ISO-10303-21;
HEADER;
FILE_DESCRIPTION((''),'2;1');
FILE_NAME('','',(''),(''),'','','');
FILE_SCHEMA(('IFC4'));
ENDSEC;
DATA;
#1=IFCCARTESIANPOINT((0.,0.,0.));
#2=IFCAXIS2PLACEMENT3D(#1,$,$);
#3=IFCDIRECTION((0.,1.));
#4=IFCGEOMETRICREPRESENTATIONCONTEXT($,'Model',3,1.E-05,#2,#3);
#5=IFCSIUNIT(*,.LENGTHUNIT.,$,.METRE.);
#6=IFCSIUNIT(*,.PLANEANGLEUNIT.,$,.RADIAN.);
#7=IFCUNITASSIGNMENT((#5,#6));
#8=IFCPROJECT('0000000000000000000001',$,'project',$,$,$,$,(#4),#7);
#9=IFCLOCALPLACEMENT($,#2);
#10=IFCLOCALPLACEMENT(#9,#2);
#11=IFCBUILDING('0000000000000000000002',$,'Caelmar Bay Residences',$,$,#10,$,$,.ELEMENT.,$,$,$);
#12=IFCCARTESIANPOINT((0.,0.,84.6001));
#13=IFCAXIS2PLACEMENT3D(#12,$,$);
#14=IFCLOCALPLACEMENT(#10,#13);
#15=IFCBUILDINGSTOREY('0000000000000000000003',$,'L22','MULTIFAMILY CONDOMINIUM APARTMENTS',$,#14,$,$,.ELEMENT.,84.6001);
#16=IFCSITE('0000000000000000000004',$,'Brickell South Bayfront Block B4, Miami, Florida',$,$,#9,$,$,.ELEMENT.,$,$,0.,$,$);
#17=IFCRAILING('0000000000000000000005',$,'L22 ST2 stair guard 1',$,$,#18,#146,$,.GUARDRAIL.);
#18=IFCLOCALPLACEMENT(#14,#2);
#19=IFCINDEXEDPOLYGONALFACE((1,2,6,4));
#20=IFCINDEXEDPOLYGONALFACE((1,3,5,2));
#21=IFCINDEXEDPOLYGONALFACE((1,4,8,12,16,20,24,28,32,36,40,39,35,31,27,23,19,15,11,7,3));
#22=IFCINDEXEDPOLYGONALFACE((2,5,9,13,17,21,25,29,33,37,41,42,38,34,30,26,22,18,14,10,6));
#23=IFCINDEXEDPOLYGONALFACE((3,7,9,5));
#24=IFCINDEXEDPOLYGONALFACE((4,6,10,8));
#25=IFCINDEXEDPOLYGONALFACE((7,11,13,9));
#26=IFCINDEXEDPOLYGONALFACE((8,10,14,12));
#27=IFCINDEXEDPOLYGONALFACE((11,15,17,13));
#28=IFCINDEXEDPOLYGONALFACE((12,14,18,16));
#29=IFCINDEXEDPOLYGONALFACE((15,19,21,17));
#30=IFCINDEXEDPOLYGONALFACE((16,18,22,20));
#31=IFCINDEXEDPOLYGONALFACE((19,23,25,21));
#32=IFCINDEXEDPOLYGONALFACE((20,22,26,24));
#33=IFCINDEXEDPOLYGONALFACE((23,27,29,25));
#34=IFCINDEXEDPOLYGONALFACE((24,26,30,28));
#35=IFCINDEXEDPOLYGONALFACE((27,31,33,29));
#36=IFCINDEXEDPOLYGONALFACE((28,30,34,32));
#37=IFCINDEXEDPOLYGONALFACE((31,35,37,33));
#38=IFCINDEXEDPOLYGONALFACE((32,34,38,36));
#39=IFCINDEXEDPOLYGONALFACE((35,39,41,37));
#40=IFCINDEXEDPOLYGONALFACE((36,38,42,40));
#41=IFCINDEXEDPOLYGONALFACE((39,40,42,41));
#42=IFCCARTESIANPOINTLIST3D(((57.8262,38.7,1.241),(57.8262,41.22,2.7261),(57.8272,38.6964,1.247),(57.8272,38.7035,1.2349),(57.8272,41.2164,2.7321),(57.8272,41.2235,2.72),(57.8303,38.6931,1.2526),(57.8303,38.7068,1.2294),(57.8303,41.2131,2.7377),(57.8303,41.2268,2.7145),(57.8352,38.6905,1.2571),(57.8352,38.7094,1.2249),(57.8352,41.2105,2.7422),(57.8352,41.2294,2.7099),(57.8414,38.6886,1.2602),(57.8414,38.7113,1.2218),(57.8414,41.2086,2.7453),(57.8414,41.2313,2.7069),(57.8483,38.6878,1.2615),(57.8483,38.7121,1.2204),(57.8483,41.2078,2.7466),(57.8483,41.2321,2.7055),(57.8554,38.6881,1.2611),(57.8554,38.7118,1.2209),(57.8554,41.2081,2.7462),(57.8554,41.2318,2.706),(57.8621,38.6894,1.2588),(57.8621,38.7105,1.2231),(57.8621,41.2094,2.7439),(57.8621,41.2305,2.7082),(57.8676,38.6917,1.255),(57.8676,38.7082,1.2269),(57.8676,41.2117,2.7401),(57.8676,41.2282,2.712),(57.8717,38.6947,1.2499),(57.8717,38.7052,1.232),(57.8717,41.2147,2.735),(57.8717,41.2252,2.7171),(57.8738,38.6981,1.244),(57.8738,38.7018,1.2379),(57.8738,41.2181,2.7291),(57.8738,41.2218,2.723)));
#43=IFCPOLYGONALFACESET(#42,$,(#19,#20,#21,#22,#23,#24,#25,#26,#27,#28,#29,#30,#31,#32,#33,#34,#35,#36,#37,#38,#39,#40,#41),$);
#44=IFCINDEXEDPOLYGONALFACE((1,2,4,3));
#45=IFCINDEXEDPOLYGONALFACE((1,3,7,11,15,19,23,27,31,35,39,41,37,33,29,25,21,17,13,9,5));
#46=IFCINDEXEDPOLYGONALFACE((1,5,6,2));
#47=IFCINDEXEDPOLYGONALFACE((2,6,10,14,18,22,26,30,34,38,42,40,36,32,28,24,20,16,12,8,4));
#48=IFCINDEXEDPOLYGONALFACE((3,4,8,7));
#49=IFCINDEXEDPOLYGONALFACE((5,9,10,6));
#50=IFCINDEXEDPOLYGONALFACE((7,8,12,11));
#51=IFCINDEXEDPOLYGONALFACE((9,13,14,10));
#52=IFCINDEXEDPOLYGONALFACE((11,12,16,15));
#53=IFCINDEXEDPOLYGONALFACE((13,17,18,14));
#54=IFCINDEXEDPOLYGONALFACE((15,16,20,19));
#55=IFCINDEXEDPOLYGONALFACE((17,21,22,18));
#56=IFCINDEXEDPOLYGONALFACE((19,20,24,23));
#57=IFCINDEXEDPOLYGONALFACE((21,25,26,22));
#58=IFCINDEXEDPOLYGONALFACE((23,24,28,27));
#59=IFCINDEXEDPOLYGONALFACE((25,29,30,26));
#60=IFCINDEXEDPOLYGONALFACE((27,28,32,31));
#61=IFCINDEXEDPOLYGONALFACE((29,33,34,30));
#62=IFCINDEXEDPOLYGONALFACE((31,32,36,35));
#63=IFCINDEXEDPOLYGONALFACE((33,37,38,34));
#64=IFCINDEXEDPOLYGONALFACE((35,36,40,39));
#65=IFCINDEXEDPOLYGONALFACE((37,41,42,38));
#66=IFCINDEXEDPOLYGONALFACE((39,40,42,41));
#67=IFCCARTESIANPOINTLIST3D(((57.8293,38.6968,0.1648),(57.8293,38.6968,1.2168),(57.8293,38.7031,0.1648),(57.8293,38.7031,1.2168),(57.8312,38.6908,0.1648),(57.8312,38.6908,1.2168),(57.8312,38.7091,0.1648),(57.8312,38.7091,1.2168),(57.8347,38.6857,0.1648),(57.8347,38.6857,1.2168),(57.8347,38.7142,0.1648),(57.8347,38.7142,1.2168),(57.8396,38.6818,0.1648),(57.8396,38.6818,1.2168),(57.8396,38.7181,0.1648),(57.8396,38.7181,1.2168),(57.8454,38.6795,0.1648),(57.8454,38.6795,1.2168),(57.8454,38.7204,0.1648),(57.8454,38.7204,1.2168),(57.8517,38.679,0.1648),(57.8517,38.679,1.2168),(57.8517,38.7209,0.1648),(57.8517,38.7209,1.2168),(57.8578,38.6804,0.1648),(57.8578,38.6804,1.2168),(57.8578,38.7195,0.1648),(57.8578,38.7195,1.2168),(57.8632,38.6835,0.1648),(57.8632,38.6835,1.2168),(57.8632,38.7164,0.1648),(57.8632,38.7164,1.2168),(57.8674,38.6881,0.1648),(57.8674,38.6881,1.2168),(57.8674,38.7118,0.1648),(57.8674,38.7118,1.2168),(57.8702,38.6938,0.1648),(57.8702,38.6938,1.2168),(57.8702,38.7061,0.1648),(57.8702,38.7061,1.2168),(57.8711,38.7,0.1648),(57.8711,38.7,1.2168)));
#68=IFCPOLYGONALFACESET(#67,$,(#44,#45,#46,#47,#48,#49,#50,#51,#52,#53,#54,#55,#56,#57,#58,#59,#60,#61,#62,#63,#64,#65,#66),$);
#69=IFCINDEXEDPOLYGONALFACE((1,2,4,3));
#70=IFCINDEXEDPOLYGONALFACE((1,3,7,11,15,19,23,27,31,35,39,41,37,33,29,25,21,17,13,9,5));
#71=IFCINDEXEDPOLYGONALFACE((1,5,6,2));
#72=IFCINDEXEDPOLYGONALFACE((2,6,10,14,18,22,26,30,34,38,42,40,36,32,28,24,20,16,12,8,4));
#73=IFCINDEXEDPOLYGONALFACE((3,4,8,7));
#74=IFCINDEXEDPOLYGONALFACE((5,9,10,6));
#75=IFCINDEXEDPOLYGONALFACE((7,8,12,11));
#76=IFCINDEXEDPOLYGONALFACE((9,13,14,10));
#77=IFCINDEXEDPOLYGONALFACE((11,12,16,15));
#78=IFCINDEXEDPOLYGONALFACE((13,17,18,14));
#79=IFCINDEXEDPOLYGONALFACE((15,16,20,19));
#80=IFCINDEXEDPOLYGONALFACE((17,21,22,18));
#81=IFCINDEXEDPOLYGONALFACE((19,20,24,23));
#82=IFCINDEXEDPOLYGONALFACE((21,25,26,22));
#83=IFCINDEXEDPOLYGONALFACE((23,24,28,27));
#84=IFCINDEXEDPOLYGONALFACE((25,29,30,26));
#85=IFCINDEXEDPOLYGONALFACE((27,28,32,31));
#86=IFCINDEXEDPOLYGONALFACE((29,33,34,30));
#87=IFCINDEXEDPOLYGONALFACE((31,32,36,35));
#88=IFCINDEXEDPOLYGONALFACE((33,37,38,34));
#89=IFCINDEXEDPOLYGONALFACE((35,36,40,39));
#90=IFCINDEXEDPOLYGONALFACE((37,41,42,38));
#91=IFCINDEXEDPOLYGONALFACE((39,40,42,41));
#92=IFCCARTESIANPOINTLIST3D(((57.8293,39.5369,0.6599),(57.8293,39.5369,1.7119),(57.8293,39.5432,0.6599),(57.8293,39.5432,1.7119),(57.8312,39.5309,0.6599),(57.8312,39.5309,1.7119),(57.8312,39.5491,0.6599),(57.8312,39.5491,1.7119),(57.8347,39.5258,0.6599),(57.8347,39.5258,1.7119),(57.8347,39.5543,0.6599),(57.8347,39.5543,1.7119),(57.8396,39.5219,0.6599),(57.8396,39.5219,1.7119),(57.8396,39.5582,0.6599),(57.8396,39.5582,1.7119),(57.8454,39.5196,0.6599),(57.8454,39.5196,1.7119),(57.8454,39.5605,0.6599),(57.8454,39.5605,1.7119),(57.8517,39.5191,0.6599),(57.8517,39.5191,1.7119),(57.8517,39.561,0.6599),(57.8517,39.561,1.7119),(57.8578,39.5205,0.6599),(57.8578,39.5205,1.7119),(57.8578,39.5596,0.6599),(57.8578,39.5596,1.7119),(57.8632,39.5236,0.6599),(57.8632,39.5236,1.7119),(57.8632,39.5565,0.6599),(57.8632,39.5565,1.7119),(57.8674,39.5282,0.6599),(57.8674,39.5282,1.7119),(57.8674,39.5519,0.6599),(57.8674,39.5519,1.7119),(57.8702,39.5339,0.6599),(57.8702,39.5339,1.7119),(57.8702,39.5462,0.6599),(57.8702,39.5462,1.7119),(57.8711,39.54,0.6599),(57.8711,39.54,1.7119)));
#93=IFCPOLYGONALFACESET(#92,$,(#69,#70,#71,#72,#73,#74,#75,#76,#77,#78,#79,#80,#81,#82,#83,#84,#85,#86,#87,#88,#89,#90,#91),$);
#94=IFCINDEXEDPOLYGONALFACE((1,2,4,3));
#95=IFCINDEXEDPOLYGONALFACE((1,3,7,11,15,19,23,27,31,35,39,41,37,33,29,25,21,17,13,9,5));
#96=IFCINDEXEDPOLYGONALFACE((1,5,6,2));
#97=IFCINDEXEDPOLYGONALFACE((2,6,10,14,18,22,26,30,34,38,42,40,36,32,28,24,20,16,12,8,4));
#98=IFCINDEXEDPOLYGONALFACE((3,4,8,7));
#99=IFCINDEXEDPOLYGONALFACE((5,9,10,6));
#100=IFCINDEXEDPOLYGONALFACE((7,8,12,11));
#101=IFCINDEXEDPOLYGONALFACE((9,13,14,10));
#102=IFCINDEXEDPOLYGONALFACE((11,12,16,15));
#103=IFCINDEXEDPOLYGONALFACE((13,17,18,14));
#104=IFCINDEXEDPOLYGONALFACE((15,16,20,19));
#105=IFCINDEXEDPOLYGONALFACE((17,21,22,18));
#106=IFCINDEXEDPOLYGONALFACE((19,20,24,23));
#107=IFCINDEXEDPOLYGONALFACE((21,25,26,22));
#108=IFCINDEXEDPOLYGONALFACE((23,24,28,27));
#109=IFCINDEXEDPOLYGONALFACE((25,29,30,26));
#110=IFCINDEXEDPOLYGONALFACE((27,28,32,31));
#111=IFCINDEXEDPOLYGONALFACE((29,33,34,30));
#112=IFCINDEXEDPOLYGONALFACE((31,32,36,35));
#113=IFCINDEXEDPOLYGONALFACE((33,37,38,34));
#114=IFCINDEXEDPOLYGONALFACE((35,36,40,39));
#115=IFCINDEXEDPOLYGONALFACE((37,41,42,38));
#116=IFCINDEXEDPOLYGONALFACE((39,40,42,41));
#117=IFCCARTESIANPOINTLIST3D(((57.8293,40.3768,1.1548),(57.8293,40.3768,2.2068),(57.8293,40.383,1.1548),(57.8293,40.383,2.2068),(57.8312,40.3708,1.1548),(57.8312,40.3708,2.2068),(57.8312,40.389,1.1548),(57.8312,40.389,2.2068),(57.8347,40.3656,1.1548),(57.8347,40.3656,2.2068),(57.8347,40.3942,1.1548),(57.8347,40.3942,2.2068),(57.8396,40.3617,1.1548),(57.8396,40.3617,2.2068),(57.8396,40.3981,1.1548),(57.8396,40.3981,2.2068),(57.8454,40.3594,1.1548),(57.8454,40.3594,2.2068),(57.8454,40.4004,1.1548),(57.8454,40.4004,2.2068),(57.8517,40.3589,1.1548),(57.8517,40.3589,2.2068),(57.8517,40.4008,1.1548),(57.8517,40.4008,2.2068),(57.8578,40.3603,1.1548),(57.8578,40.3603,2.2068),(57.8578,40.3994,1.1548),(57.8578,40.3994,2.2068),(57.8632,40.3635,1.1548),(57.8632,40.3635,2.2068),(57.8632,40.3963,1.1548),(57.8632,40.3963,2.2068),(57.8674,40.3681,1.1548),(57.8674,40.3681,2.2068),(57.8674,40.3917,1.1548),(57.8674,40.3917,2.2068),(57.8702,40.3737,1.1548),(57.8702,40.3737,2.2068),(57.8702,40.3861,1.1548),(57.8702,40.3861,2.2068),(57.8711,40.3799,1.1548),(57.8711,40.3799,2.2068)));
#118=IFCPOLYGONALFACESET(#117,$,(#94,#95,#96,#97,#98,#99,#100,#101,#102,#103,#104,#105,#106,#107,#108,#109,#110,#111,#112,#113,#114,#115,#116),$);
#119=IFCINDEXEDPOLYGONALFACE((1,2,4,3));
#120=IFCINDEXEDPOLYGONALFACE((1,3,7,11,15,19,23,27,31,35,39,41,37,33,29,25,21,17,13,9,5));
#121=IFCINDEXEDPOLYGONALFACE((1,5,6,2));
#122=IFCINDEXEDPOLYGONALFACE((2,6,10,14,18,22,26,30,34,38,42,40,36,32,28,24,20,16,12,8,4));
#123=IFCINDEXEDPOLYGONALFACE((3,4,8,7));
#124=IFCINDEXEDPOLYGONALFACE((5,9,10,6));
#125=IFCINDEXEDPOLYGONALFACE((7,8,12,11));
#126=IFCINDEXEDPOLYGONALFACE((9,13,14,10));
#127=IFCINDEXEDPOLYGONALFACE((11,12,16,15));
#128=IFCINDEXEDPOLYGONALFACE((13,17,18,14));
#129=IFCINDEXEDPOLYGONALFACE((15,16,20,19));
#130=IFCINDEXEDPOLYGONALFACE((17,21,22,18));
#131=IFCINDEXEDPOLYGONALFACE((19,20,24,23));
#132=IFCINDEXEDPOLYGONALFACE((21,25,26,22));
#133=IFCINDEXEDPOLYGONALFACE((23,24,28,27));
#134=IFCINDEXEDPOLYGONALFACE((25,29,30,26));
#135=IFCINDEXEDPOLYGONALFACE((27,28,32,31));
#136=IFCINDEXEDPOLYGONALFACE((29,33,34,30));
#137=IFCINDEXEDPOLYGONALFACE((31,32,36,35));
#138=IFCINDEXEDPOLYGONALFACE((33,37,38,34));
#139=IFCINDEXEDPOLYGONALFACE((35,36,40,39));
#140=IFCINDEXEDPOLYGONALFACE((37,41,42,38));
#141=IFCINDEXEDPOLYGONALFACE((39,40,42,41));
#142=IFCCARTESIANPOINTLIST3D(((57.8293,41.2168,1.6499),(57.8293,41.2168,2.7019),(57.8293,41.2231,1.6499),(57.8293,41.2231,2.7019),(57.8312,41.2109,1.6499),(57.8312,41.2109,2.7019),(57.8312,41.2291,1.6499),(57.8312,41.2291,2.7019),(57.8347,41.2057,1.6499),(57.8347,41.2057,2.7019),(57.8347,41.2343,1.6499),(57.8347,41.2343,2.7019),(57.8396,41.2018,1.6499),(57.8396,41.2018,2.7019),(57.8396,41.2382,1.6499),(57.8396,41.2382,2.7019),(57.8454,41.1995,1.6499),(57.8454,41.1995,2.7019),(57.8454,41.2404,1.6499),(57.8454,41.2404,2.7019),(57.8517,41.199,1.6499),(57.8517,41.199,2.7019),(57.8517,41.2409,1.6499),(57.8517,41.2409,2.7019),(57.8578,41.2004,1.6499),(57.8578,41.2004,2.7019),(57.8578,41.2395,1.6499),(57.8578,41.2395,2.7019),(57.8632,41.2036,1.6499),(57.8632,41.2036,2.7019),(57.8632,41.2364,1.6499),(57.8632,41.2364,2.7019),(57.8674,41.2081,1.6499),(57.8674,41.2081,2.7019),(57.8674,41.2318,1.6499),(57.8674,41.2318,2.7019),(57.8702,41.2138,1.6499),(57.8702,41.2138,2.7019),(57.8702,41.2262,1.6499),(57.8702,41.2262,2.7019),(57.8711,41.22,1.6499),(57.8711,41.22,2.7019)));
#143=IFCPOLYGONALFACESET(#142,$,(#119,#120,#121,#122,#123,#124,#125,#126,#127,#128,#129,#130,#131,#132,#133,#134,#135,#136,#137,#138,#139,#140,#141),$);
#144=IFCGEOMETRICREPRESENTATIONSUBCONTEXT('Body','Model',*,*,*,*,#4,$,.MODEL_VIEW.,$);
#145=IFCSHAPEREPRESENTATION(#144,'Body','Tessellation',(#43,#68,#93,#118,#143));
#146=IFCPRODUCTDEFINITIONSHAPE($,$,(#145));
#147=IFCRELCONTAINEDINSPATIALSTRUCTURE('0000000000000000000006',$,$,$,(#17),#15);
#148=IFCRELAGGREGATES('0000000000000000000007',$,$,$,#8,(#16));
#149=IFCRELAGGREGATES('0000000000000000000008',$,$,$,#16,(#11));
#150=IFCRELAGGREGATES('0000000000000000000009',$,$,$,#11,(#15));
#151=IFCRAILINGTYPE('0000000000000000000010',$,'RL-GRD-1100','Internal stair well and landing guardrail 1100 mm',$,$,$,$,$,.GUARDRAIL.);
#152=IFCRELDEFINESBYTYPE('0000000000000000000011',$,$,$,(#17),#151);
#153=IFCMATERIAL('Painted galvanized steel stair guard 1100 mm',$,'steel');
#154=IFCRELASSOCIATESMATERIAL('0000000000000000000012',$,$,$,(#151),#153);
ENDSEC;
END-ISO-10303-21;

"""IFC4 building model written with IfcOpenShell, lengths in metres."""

from ifc_helpers import new_model, si_unit, direction, frame, origin, origin_2d, place, context, subcontext, project, spatial, circle, extrude, material, type_object, element, save


model = new_model("IFC4")

# Units and contexts
model_context = context("Model", 3, precision=1e-05, world=origin(), true_north=direction((0.0, 1.0)))
body_context = subcontext(model_context, "Body", "Model", "MODEL_VIEW")
ifc_project = project(units=[si_unit("LENGTHUNIT", "METRE"), si_unit("PLANEANGLEUNIT", "RADIAN")], contexts=[model_context])

# Site, building, storey
site_placement = place(None, origin())
site = spatial("IfcSite", under=ifc_project, at=site_placement, Name="Brickell South Bayfront Block B4, Miami, Florida", CompositionType="ELEMENT", RefElevation=0.0)
building_placement = place(site_placement, origin())
building = spatial("IfcBuilding", under=site, at=building_placement, Name="Caelmar Bay Residences", CompositionType="ELEMENT")
storey_placement = place(building_placement, frame((0.0, 0.0, 84.6001)))
storey = spatial("IfcBuildingStorey", under=building, at=storey_placement, Name="L22", Description="MULTIFAMILY CONDOMINIUM APARTMENTS", CompositionType="ELEMENT", Elevation=84.6001)

# Railing
ifc_material_1 = material(Name="Painted galvanized steel stair guard 1100 mm", Category="steel")
railing_type_1 = type_object("IfcRailingType", Name="RL-GRD-1100", Description="Internal stair well and landing guardrail 1100 mm", PredefinedType="GUARDRAIL", material=ifc_material_1)
railing_1_placement = place(storey_placement, frame((57.8501, 38.7, 0.1648)))
element("IfcRailing", 1, at=railing_1_placement, inside=storey, type_object=railing_type_1, Name="L22 ST2 stair guard 1", PredefinedType="GUARDRAIL", context=body_context, shape_type="SweptSolid", body=[
    extrude(circle(Radius=0.0239, at=origin_2d()), frame((0.0, 0.0, 1.0762), z_axis=(0.0, 0.861524, 0.507717), x_axis=(-1.0, 0.0, 0.0)), (0.0, 0.0, 1.0), 2.925),
    extrude(circle(Radius=0.021, at=origin_2d()), origin(), (0.0, 0.0, 1.0), 1.052),
    extrude(circle(Radius=0.021, at=origin_2d()), frame((0.0, 0.8401, 0.4951)), (0.0, 0.0, 1.0), 1.052),
    extrude(circle(Radius=0.021, at=origin_2d()), frame((0.0, 1.6799, 0.99)), (0.0, 0.0, 1.0), 1.052),
    extrude(circle(Radius=0.021, at=origin_2d()), frame((0.0, 2.52, 1.4851)), (0.0, 0.0, 1.0), 1.052),
])

save(model, "model.ifc")
